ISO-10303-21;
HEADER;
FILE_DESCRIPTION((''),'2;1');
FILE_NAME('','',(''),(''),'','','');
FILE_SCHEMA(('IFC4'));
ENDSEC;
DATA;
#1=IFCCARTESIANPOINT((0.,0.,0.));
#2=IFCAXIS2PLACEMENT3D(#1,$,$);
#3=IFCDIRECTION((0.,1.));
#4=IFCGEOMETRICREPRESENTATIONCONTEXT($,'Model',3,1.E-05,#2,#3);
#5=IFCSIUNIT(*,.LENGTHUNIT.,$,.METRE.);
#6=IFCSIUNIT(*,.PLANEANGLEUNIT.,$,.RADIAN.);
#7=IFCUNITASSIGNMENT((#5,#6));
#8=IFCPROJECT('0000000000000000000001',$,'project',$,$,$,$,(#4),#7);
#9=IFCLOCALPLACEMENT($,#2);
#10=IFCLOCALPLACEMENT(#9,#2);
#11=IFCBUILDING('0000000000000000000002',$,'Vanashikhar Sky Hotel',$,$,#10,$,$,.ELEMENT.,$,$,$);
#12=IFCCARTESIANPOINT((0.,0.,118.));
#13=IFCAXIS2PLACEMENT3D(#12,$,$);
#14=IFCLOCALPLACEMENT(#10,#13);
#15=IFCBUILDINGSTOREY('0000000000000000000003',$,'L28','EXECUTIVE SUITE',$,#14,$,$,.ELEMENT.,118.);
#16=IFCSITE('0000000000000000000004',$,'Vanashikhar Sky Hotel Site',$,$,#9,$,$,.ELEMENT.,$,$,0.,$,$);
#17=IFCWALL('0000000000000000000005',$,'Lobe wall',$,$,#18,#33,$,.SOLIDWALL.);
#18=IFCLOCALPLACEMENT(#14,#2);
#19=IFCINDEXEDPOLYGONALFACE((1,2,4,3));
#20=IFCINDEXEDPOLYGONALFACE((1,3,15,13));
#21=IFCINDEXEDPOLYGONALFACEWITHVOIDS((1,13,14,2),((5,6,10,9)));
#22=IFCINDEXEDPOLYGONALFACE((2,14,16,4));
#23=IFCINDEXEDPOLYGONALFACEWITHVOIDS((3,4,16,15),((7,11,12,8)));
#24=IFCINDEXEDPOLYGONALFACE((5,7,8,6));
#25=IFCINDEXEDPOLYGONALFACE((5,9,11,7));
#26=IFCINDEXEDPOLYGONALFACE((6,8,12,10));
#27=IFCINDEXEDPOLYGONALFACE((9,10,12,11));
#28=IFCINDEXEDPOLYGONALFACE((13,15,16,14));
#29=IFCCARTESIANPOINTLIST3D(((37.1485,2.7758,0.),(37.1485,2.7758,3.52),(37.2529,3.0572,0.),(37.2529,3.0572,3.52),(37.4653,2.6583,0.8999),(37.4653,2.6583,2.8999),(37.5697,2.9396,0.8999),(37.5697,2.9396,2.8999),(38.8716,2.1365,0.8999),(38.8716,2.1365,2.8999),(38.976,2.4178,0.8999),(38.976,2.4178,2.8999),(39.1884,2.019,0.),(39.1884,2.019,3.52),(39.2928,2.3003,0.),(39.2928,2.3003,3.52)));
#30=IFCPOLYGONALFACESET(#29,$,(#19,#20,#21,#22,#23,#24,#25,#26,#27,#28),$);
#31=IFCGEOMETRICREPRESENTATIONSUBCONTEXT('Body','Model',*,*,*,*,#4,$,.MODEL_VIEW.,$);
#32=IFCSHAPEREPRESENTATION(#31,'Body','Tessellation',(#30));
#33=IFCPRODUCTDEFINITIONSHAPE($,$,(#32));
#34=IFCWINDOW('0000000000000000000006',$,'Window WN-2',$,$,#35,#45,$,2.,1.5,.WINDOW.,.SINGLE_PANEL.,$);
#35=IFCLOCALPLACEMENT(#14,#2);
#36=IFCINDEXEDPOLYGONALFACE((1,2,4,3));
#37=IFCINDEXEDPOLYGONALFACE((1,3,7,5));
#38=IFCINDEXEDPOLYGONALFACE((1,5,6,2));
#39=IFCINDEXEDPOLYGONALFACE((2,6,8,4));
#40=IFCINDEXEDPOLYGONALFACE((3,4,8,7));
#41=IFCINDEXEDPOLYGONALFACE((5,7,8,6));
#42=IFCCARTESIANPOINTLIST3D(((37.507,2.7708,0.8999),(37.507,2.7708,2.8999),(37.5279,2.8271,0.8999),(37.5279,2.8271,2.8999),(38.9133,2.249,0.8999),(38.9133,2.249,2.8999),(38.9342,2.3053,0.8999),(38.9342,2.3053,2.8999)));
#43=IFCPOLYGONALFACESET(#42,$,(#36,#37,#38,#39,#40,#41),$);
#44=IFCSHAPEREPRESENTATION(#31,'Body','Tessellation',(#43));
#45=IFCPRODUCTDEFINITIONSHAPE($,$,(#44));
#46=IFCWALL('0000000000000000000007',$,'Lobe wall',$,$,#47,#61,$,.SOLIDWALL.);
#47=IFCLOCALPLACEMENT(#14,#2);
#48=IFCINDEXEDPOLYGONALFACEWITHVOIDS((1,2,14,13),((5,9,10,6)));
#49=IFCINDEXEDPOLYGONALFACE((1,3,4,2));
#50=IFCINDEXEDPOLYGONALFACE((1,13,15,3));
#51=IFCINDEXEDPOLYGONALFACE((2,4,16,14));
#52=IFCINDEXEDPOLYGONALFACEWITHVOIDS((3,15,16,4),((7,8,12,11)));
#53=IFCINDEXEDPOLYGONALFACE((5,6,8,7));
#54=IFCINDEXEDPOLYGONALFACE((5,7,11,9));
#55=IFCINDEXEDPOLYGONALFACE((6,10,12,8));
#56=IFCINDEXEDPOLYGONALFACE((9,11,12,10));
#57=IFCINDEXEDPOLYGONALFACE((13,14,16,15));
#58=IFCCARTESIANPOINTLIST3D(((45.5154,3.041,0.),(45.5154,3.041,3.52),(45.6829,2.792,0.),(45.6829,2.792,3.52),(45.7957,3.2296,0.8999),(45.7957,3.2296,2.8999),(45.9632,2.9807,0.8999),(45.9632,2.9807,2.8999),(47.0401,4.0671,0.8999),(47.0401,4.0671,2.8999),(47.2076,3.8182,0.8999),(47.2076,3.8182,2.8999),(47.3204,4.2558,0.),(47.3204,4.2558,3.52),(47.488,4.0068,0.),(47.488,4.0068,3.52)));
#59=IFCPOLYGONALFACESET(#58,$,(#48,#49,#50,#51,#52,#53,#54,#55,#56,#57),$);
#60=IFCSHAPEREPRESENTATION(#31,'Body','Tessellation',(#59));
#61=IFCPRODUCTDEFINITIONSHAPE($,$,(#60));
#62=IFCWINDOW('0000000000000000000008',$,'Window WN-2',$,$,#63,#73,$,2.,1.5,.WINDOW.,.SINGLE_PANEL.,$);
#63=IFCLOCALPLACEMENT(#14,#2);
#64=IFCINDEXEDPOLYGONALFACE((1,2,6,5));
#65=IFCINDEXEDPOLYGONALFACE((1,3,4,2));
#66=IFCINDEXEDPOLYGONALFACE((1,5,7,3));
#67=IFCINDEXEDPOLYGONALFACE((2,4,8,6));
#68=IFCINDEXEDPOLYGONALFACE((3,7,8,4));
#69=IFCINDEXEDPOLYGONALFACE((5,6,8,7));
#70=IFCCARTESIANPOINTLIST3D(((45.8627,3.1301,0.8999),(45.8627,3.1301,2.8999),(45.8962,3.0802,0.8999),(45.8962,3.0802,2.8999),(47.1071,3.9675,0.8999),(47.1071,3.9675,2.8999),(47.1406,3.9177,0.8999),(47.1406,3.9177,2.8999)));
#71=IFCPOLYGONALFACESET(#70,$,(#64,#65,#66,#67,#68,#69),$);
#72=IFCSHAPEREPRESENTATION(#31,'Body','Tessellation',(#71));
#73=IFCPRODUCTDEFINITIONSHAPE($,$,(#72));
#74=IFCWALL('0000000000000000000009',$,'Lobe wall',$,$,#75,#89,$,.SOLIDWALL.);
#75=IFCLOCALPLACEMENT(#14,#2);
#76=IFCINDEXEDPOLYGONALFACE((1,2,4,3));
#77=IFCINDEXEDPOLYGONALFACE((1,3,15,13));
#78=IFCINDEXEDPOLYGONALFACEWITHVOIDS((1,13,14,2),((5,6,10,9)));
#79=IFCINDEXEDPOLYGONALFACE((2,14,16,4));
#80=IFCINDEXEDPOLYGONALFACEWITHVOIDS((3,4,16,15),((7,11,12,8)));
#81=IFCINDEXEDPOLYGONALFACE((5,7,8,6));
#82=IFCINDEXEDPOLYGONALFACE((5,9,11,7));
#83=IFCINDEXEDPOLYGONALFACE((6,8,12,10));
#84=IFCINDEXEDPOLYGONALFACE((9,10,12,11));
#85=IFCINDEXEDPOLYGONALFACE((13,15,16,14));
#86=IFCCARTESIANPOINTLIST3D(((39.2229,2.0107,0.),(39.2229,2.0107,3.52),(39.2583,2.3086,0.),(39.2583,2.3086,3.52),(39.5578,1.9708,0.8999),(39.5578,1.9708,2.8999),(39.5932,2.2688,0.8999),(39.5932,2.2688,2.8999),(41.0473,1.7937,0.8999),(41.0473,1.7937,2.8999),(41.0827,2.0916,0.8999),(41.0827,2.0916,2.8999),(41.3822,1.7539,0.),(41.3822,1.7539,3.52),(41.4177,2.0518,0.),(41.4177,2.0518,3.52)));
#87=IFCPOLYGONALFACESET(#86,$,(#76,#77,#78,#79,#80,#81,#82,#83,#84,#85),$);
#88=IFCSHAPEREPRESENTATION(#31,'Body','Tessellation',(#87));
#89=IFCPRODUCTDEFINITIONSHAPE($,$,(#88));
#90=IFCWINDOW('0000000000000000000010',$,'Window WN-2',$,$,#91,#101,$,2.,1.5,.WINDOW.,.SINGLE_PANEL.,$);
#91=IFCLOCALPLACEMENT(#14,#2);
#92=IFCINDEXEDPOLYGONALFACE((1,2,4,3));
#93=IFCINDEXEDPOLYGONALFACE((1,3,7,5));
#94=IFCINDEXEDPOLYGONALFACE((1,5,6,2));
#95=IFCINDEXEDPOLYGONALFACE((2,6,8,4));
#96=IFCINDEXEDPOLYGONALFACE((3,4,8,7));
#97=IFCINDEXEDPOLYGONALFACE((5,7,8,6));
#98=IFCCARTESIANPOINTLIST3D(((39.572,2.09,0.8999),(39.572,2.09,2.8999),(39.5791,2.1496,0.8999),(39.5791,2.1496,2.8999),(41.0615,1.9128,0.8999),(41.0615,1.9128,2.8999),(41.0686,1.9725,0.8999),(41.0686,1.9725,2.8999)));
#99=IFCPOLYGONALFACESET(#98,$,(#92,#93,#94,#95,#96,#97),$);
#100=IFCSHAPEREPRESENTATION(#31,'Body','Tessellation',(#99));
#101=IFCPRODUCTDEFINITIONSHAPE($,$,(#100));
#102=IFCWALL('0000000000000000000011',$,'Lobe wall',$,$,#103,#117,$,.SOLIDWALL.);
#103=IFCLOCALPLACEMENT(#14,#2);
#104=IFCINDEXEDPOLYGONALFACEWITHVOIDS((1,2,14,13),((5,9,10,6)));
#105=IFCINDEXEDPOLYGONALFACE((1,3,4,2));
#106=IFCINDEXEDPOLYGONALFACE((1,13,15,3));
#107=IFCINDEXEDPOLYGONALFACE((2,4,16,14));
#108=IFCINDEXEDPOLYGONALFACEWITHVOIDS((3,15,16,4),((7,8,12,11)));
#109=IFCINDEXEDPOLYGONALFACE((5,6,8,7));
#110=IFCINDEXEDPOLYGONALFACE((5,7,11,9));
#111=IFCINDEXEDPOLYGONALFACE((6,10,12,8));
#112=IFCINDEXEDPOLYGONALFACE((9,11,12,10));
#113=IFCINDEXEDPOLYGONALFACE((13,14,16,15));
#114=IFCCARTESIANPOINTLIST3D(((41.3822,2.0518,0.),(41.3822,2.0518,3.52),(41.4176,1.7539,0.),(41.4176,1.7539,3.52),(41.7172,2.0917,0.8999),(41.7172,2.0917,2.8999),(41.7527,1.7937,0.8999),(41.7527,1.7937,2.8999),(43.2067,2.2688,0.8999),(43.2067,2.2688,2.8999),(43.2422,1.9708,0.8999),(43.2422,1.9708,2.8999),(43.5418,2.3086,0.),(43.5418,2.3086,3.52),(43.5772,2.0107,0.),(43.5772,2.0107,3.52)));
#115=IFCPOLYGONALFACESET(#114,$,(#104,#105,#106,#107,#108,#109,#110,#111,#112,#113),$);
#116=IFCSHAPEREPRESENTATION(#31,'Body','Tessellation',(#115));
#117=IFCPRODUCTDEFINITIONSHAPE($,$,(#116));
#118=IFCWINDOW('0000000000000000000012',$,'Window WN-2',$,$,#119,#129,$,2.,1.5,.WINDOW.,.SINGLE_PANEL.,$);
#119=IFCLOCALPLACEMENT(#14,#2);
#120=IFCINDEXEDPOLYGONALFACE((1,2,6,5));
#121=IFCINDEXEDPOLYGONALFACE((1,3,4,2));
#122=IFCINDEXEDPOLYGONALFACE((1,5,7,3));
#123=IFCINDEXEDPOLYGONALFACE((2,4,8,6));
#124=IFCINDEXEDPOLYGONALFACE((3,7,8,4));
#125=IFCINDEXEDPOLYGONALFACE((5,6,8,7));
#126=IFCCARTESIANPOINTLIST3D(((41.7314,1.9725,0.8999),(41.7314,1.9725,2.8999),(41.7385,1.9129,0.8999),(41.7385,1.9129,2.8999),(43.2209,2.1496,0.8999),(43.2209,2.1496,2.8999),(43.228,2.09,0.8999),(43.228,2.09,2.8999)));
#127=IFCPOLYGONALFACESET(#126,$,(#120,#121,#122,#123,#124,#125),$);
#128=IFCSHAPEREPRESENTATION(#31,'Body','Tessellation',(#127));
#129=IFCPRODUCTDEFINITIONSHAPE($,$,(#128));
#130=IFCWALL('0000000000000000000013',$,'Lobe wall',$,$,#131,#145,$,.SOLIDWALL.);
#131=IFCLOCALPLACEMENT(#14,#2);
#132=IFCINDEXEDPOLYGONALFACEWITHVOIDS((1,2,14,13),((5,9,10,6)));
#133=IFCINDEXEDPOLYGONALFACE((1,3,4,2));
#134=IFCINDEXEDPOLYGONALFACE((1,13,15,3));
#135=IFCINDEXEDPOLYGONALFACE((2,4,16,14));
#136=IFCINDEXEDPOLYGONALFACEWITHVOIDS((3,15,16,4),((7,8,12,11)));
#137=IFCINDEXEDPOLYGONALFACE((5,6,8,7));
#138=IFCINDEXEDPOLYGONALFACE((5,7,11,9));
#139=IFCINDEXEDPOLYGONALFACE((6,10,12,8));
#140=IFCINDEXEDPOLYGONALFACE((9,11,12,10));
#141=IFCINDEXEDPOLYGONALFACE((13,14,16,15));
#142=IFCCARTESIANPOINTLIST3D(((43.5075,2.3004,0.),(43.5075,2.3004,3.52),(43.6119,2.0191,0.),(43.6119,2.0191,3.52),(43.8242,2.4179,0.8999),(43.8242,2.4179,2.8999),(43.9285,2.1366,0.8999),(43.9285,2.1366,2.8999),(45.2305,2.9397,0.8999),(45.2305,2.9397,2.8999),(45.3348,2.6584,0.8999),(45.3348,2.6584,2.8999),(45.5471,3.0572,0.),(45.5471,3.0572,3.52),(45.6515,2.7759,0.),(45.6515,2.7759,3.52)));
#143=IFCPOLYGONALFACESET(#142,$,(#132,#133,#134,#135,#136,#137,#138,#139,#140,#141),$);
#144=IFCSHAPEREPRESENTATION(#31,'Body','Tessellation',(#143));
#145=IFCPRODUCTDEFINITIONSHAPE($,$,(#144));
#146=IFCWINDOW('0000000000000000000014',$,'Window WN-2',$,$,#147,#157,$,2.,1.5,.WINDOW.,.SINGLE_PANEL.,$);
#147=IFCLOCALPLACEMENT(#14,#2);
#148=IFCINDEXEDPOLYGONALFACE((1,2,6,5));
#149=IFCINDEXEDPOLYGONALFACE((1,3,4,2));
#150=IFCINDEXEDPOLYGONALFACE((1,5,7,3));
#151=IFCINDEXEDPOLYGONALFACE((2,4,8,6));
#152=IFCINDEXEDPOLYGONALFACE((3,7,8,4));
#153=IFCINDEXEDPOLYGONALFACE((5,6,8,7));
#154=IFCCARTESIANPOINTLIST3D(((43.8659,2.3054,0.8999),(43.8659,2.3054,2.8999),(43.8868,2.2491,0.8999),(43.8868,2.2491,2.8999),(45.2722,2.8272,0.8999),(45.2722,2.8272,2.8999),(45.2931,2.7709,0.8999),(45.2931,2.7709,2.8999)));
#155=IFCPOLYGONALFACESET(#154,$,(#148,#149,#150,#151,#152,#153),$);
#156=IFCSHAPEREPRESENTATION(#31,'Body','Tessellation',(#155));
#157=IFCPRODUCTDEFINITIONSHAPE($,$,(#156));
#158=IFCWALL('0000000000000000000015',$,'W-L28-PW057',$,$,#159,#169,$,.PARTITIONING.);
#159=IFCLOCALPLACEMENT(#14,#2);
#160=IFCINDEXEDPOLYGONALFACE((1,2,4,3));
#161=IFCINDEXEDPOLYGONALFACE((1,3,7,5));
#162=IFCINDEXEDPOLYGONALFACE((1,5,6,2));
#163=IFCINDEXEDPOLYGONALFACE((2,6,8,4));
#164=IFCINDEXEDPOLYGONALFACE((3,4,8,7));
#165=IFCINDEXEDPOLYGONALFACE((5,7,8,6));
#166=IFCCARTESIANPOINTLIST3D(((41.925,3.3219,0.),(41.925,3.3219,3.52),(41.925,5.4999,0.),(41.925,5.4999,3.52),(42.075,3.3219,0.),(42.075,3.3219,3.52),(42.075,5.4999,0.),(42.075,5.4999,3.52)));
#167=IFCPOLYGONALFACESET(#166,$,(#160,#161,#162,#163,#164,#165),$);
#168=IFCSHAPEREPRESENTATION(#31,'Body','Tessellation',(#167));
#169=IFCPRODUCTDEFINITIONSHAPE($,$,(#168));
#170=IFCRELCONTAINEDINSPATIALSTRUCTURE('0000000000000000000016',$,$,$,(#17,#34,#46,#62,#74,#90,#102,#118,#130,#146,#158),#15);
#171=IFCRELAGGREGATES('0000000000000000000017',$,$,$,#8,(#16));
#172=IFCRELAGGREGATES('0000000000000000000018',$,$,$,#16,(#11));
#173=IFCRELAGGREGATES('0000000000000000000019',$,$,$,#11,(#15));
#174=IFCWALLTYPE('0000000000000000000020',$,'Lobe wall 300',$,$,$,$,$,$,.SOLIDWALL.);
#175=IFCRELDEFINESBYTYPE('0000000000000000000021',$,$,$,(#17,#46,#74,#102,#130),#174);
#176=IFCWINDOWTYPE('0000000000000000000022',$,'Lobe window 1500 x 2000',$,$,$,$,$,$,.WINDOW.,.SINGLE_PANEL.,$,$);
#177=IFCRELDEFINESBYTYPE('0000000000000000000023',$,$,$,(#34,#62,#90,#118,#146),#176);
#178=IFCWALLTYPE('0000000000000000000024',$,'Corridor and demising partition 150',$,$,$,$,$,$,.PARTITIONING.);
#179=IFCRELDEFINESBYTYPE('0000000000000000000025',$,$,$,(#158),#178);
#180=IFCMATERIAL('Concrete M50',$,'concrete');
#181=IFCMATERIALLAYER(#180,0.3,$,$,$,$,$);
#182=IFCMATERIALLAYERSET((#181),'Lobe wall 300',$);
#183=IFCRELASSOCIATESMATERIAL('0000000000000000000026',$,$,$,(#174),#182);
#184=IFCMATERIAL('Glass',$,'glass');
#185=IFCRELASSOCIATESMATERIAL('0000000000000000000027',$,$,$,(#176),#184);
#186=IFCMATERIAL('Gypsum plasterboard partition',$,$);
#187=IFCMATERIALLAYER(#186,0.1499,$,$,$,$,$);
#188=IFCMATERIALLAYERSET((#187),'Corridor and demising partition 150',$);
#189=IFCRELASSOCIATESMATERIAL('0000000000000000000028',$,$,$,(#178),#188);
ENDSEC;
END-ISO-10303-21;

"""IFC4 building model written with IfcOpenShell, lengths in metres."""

from ifc_helpers import new_model, si_unit, direction, frame, frame_2d, origin, place, context, subcontext, project, spatial, rectangle, extrude, source, transform, mapped, material, layer, layer_set, type_object, element, fill, save


model = new_model("IFC4")

# Units and contexts
model_context = context("Model", 3, precision=1e-05, world=origin(), true_north=direction((0.0, 1.0)))
body_context = subcontext(model_context, "Body", "Model", "MODEL_VIEW")
ifc_project = project(units=[si_unit("LENGTHUNIT", "METRE"), si_unit("PLANEANGLEUNIT", "RADIAN")], contexts=[model_context])

# Site, building, storey
site_placement = place(None, origin())
site = spatial("IfcSite", under=ifc_project, at=site_placement, Name="Vanashikhar Sky Hotel Site", CompositionType="ELEMENT", RefElevation=0.0)
building_placement = place(site_placement, origin())
building = spatial("IfcBuilding", under=site, at=building_placement, Name="Vanashikhar Sky Hotel", CompositionType="ELEMENT")
storey_placement = place(building_placement, frame((0.0, 0.0, 118.0)))
storey = spatial("IfcBuildingStorey", under=building, at=storey_placement, Name="L28", Description="EXECUTIVE SUITE", CompositionType="ELEMENT", Elevation=118.0)

# Walls, openings, windows
ifc_material_1 = material(Name="Concrete M50", Category="concrete")
ifc_layer_1 = layer(ifc_material_1, 0.3)
ifc_layer_set_1 = layer_set([ifc_layer_1], Name="Lobe wall 300")
wall_type_1 = type_object("IfcWallType", Name="Lobe wall 300", PredefinedType="SOLIDWALL", material=ifc_layer_set_1)
shared_shape_1 = source(origin(), body_context, "Body", "SweptSolid", [
    extrude(rectangle(XDim=2.1758, YDim=0.3, at=frame_2d((1.0879, 0.0))), origin(), (0.0, 0.0, 1.0), 3.52),
])
wall_1_placement = place(storey_placement, frame((37.2007, 2.9165, 0.0), z_axis=(0.0, 0.0, 1.0), x_axis=(0.937546, -0.347863, 0.0)))
wall_1 = element("IfcWall", 1, at=wall_1_placement, inside=storey, type_object=wall_type_1, Name="Lobe wall", PredefinedType="SOLIDWALL", context=body_context, shape_type="MappedRepresentation", body=[
    mapped(shared_shape_1, transform((0.0, 0.0, 0.0), scale=1.0)),
])
shared_shape_2 = source(origin(), body_context, "Body", "SweptSolid", [
    extrude(rectangle(XDim=1.5, YDim=2.0, at=frame_2d((0.75, 1.0))), frame((0.0, 0.1602, 0.0), z_axis=(0.0, -1.0, 0.0), x_axis=(1.0, 0.0, 0.0)), (0.0, 0.0, 1.0), 0.3201),
])
opening_1_placement = place(wall_1_placement, frame((0.3379, 0.0, 0.8999)))
opening_1 = element("IfcOpeningElement", 2, at=opening_1_placement, cuts=wall_1, PredefinedType="OPENING", context=body_context, shape_type="MappedRepresentation", body=[
    mapped(shared_shape_2, transform((0.0, 0.0, 0.0), scale=1.0)),
])
ifc_material_2 = material(Name="Glass", Category="glass")
window_type = type_object("IfcWindowType", Name="Lobe window 1500 x 2000", PartitioningType="SINGLE_PANEL", PredefinedType="WINDOW", material=ifc_material_2)
shared_shape_3 = source(origin(), body_context, "Body", "SweptSolid", [
    extrude(rectangle(XDim=1.5, YDim=2.0, at=frame_2d((0.75, 1.0))), frame((0.0, 0.03, 0.0), z_axis=(0.0, -1.0, 0.0), x_axis=(1.0, 0.0, 0.0)), (0.0, 0.0, 1.0), 0.0601),
])
window_1_placement = place(opening_1_placement, origin())
window_1 = element("IfcWindow", 3, at=window_1_placement, inside=storey, type_object=window_type, Name="Window WN-2", OverallHeight=2.0, OverallWidth=1.5, PartitioningType="SINGLE_PANEL", PredefinedType="WINDOW", context=body_context, shape_type="MappedRepresentation", body=[
    mapped(shared_shape_3, transform((0.0, 0.0, 0.0), scale=1.0)),
])
fill(opening_1, window_1)
wall_2_placement = place(storey_placement, frame((45.5991, 2.9165, 0.0), z_axis=(0.0, 0.0, 1.0), x_axis=(0.829626, 0.55832, 0.0)))
wall_2 = element("IfcWall", 4, at=wall_2_placement, inside=storey, type_object=wall_type_1, Name="Lobe wall", PredefinedType="SOLIDWALL", context=body_context, shape_type="MappedRepresentation", body=[
    mapped(shared_shape_1, transform((0.0, 0.0, 0.0), scale=1.0)),
])
opening_2_placement = place(wall_2_placement, frame((0.3379, 0.0, 0.8999)))
opening_2 = element("IfcOpeningElement", 5, at=opening_2_placement, cuts=wall_2, PredefinedType="OPENING", context=body_context, shape_type="MappedRepresentation", body=[
    mapped(shared_shape_2, transform((0.0, 0.0, 0.0), scale=1.0)),
])
window_2_placement = place(opening_2_placement, origin())
window_2 = element("IfcWindow", 6, at=window_2_placement, inside=storey, type_object=window_type, Name="Window WN-2", OverallHeight=2.0, OverallWidth=1.5, PartitioningType="SINGLE_PANEL", PredefinedType="WINDOW", context=body_context, shape_type="MappedRepresentation", body=[
    mapped(shared_shape_3, transform((0.0, 0.0, 0.0), scale=1.0)),
])
fill(opening_2, window_2)
shared_shape_4 = source(origin(), body_context, "Body", "SweptSolid", [
    extrude(rectangle(XDim=2.1746, YDim=0.3, at=frame_2d((1.0874, 0.0))), origin(), (0.0, 0.0, 1.0), 3.52),
])
wall_3_placement = place(storey_placement, frame((39.2405, 2.1597, 0.0), z_axis=(0.0, 0.0, 1.0), x_axis=(0.993001, -0.118105, 0.0)))
wall_3 = element("IfcWall", 7, at=wall_3_placement, inside=storey, type_object=wall_type_1, Name="Lobe wall", PredefinedType="SOLIDWALL", context=body_context, shape_type="MappedRepresentation", body=[
    mapped(shared_shape_4, transform((0.0, 0.0, 0.0), scale=1.0)),
])
opening_3_placement = place(wall_3_placement, frame((0.3374, 0.0, 0.8999)))
opening_3 = element("IfcOpeningElement", 8, at=opening_3_placement, cuts=wall_3, PredefinedType="OPENING", context=body_context, shape_type="MappedRepresentation", body=[
    mapped(shared_shape_2, transform((0.0, 0.0, 0.0), scale=1.0)),
])
window_3_placement = place(opening_3_placement, origin())
window_3 = element("IfcWindow", 9, at=window_3_placement, inside=storey, type_object=window_type, Name="Window WN-2", OverallHeight=2.0, OverallWidth=1.5, PartitioningType="SINGLE_PANEL", PredefinedType="WINDOW", context=body_context, shape_type="MappedRepresentation", body=[
    mapped(shared_shape_3, transform((0.0, 0.0, 0.0), scale=1.0)),
])
fill(opening_3, window_3)
shared_shape_5 = source(origin(), body_context, "Body", "SweptSolid", [
    extrude(rectangle(XDim=2.1748, YDim=0.3, at=frame_2d((1.0874, 0.0))), origin(), (0.0, 0.0, 1.0), 3.52),
])
wall_4_placement = place(storey_placement, frame((41.3999, 1.9028, 0.0), z_axis=(0.0, 0.0, 1.0), x_axis=(0.993003, 0.118092, 0.0)))
wall_4 = element("IfcWall", 10, at=wall_4_placement, inside=storey, type_object=wall_type_1, Name="Lobe wall", PredefinedType="SOLIDWALL", context=body_context, shape_type="MappedRepresentation", body=[
    mapped(shared_shape_5, transform((0.0, 0.0, 0.0), scale=1.0)),
])
opening_4_placement = place(wall_4_placement, frame((0.3374, 0.0, 0.8999)))
opening_4 = element("IfcOpeningElement", 11, at=opening_4_placement, cuts=wall_4, PredefinedType="OPENING", context=body_context, shape_type="MappedRepresentation", body=[
    mapped(shared_shape_2, transform((0.0, 0.0, 0.0), scale=1.0)),
])
window_4_placement = place(opening_4_placement, origin())
window_4 = element("IfcWindow", 12, at=window_4_placement, inside=storey, type_object=window_type, Name="Window WN-2", OverallHeight=2.0, OverallWidth=1.5, PartitioningType="SINGLE_PANEL", PredefinedType="WINDOW", context=body_context, shape_type="MappedRepresentation", body=[
    mapped(shared_shape_3, transform((0.0, 0.0, 0.0), scale=1.0)),
])
fill(opening_4, window_4)
shared_shape_6 = source(origin(), body_context, "Body", "SweptSolid", [
    extrude(rectangle(XDim=2.1755, YDim=0.3, at=frame_2d((1.0879, 0.0))), origin(), (0.0, 0.0, 1.0), 3.52),
])
wall_5_placement = place(storey_placement, frame((43.5596, 2.1597, 0.0), z_axis=(0.0, 0.0, 1.0), x_axis=(0.937532, 0.347899, 0.0)))
wall_5 = element("IfcWall", 13, at=wall_5_placement, inside=storey, type_object=wall_type_1, Name="Lobe wall", PredefinedType="SOLIDWALL", context=body_context, shape_type="MappedRepresentation", body=[
    mapped(shared_shape_6, transform((0.0, 0.0, 0.0), scale=1.0)),
])
opening_5_placement = place(wall_5_placement, frame((0.3379, 0.0, 0.8999)))
opening_5 = element("IfcOpeningElement", 14, at=opening_5_placement, cuts=wall_5, PredefinedType="OPENING", context=body_context, shape_type="MappedRepresentation", body=[
    mapped(shared_shape_2, transform((0.0, 0.0, 0.0), scale=1.0)),
])
window_5_placement = place(opening_5_placement, origin())
window_5 = element("IfcWindow", 15, at=window_5_placement, inside=storey, type_object=window_type, Name="Window WN-2", OverallHeight=2.0, OverallWidth=1.5, PartitioningType="SINGLE_PANEL", PredefinedType="WINDOW", context=body_context, shape_type="MappedRepresentation", body=[
    mapped(shared_shape_3, transform((0.0, 0.0, 0.0), scale=1.0)),
])
fill(opening_5, window_5)

# Wall
ifc_material_3 = material(Name="Gypsum plasterboard partition")
ifc_layer_2 = layer(ifc_material_3, 0.1499)
ifc_layer_set_2 = layer_set([ifc_layer_2], Name="Corridor and demising partition 150")
wall_type_2 = type_object("IfcWallType", Name="Corridor and demising partition 150", PredefinedType="PARTITIONING", material=ifc_layer_set_2)
shared_shape_7 = source(origin(), body_context, "Body", "SweptSolid", [
    extrude(rectangle(XDim=2.178, YDim=0.1499, at=frame_2d((1.0889, 0.0))), origin(), (0.0, 0.0, 1.0), 3.52),
])
wall_6_placement = place(storey_placement, frame((42.0, 3.322, 0.0), z_axis=(0.0, 0.0, 1.0), x_axis=(0.0, 1.0, 0.0)))
element("IfcWall", 16, at=wall_6_placement, inside=storey, type_object=wall_type_2, Name="W-L28-PW057", PredefinedType="PARTITIONING", context=body_context, shape_type="MappedRepresentation", body=[
    mapped(shared_shape_7, transform((0.0, 0.0, 0.0), scale=1.0)),
])

save(model, "model.ifc")
